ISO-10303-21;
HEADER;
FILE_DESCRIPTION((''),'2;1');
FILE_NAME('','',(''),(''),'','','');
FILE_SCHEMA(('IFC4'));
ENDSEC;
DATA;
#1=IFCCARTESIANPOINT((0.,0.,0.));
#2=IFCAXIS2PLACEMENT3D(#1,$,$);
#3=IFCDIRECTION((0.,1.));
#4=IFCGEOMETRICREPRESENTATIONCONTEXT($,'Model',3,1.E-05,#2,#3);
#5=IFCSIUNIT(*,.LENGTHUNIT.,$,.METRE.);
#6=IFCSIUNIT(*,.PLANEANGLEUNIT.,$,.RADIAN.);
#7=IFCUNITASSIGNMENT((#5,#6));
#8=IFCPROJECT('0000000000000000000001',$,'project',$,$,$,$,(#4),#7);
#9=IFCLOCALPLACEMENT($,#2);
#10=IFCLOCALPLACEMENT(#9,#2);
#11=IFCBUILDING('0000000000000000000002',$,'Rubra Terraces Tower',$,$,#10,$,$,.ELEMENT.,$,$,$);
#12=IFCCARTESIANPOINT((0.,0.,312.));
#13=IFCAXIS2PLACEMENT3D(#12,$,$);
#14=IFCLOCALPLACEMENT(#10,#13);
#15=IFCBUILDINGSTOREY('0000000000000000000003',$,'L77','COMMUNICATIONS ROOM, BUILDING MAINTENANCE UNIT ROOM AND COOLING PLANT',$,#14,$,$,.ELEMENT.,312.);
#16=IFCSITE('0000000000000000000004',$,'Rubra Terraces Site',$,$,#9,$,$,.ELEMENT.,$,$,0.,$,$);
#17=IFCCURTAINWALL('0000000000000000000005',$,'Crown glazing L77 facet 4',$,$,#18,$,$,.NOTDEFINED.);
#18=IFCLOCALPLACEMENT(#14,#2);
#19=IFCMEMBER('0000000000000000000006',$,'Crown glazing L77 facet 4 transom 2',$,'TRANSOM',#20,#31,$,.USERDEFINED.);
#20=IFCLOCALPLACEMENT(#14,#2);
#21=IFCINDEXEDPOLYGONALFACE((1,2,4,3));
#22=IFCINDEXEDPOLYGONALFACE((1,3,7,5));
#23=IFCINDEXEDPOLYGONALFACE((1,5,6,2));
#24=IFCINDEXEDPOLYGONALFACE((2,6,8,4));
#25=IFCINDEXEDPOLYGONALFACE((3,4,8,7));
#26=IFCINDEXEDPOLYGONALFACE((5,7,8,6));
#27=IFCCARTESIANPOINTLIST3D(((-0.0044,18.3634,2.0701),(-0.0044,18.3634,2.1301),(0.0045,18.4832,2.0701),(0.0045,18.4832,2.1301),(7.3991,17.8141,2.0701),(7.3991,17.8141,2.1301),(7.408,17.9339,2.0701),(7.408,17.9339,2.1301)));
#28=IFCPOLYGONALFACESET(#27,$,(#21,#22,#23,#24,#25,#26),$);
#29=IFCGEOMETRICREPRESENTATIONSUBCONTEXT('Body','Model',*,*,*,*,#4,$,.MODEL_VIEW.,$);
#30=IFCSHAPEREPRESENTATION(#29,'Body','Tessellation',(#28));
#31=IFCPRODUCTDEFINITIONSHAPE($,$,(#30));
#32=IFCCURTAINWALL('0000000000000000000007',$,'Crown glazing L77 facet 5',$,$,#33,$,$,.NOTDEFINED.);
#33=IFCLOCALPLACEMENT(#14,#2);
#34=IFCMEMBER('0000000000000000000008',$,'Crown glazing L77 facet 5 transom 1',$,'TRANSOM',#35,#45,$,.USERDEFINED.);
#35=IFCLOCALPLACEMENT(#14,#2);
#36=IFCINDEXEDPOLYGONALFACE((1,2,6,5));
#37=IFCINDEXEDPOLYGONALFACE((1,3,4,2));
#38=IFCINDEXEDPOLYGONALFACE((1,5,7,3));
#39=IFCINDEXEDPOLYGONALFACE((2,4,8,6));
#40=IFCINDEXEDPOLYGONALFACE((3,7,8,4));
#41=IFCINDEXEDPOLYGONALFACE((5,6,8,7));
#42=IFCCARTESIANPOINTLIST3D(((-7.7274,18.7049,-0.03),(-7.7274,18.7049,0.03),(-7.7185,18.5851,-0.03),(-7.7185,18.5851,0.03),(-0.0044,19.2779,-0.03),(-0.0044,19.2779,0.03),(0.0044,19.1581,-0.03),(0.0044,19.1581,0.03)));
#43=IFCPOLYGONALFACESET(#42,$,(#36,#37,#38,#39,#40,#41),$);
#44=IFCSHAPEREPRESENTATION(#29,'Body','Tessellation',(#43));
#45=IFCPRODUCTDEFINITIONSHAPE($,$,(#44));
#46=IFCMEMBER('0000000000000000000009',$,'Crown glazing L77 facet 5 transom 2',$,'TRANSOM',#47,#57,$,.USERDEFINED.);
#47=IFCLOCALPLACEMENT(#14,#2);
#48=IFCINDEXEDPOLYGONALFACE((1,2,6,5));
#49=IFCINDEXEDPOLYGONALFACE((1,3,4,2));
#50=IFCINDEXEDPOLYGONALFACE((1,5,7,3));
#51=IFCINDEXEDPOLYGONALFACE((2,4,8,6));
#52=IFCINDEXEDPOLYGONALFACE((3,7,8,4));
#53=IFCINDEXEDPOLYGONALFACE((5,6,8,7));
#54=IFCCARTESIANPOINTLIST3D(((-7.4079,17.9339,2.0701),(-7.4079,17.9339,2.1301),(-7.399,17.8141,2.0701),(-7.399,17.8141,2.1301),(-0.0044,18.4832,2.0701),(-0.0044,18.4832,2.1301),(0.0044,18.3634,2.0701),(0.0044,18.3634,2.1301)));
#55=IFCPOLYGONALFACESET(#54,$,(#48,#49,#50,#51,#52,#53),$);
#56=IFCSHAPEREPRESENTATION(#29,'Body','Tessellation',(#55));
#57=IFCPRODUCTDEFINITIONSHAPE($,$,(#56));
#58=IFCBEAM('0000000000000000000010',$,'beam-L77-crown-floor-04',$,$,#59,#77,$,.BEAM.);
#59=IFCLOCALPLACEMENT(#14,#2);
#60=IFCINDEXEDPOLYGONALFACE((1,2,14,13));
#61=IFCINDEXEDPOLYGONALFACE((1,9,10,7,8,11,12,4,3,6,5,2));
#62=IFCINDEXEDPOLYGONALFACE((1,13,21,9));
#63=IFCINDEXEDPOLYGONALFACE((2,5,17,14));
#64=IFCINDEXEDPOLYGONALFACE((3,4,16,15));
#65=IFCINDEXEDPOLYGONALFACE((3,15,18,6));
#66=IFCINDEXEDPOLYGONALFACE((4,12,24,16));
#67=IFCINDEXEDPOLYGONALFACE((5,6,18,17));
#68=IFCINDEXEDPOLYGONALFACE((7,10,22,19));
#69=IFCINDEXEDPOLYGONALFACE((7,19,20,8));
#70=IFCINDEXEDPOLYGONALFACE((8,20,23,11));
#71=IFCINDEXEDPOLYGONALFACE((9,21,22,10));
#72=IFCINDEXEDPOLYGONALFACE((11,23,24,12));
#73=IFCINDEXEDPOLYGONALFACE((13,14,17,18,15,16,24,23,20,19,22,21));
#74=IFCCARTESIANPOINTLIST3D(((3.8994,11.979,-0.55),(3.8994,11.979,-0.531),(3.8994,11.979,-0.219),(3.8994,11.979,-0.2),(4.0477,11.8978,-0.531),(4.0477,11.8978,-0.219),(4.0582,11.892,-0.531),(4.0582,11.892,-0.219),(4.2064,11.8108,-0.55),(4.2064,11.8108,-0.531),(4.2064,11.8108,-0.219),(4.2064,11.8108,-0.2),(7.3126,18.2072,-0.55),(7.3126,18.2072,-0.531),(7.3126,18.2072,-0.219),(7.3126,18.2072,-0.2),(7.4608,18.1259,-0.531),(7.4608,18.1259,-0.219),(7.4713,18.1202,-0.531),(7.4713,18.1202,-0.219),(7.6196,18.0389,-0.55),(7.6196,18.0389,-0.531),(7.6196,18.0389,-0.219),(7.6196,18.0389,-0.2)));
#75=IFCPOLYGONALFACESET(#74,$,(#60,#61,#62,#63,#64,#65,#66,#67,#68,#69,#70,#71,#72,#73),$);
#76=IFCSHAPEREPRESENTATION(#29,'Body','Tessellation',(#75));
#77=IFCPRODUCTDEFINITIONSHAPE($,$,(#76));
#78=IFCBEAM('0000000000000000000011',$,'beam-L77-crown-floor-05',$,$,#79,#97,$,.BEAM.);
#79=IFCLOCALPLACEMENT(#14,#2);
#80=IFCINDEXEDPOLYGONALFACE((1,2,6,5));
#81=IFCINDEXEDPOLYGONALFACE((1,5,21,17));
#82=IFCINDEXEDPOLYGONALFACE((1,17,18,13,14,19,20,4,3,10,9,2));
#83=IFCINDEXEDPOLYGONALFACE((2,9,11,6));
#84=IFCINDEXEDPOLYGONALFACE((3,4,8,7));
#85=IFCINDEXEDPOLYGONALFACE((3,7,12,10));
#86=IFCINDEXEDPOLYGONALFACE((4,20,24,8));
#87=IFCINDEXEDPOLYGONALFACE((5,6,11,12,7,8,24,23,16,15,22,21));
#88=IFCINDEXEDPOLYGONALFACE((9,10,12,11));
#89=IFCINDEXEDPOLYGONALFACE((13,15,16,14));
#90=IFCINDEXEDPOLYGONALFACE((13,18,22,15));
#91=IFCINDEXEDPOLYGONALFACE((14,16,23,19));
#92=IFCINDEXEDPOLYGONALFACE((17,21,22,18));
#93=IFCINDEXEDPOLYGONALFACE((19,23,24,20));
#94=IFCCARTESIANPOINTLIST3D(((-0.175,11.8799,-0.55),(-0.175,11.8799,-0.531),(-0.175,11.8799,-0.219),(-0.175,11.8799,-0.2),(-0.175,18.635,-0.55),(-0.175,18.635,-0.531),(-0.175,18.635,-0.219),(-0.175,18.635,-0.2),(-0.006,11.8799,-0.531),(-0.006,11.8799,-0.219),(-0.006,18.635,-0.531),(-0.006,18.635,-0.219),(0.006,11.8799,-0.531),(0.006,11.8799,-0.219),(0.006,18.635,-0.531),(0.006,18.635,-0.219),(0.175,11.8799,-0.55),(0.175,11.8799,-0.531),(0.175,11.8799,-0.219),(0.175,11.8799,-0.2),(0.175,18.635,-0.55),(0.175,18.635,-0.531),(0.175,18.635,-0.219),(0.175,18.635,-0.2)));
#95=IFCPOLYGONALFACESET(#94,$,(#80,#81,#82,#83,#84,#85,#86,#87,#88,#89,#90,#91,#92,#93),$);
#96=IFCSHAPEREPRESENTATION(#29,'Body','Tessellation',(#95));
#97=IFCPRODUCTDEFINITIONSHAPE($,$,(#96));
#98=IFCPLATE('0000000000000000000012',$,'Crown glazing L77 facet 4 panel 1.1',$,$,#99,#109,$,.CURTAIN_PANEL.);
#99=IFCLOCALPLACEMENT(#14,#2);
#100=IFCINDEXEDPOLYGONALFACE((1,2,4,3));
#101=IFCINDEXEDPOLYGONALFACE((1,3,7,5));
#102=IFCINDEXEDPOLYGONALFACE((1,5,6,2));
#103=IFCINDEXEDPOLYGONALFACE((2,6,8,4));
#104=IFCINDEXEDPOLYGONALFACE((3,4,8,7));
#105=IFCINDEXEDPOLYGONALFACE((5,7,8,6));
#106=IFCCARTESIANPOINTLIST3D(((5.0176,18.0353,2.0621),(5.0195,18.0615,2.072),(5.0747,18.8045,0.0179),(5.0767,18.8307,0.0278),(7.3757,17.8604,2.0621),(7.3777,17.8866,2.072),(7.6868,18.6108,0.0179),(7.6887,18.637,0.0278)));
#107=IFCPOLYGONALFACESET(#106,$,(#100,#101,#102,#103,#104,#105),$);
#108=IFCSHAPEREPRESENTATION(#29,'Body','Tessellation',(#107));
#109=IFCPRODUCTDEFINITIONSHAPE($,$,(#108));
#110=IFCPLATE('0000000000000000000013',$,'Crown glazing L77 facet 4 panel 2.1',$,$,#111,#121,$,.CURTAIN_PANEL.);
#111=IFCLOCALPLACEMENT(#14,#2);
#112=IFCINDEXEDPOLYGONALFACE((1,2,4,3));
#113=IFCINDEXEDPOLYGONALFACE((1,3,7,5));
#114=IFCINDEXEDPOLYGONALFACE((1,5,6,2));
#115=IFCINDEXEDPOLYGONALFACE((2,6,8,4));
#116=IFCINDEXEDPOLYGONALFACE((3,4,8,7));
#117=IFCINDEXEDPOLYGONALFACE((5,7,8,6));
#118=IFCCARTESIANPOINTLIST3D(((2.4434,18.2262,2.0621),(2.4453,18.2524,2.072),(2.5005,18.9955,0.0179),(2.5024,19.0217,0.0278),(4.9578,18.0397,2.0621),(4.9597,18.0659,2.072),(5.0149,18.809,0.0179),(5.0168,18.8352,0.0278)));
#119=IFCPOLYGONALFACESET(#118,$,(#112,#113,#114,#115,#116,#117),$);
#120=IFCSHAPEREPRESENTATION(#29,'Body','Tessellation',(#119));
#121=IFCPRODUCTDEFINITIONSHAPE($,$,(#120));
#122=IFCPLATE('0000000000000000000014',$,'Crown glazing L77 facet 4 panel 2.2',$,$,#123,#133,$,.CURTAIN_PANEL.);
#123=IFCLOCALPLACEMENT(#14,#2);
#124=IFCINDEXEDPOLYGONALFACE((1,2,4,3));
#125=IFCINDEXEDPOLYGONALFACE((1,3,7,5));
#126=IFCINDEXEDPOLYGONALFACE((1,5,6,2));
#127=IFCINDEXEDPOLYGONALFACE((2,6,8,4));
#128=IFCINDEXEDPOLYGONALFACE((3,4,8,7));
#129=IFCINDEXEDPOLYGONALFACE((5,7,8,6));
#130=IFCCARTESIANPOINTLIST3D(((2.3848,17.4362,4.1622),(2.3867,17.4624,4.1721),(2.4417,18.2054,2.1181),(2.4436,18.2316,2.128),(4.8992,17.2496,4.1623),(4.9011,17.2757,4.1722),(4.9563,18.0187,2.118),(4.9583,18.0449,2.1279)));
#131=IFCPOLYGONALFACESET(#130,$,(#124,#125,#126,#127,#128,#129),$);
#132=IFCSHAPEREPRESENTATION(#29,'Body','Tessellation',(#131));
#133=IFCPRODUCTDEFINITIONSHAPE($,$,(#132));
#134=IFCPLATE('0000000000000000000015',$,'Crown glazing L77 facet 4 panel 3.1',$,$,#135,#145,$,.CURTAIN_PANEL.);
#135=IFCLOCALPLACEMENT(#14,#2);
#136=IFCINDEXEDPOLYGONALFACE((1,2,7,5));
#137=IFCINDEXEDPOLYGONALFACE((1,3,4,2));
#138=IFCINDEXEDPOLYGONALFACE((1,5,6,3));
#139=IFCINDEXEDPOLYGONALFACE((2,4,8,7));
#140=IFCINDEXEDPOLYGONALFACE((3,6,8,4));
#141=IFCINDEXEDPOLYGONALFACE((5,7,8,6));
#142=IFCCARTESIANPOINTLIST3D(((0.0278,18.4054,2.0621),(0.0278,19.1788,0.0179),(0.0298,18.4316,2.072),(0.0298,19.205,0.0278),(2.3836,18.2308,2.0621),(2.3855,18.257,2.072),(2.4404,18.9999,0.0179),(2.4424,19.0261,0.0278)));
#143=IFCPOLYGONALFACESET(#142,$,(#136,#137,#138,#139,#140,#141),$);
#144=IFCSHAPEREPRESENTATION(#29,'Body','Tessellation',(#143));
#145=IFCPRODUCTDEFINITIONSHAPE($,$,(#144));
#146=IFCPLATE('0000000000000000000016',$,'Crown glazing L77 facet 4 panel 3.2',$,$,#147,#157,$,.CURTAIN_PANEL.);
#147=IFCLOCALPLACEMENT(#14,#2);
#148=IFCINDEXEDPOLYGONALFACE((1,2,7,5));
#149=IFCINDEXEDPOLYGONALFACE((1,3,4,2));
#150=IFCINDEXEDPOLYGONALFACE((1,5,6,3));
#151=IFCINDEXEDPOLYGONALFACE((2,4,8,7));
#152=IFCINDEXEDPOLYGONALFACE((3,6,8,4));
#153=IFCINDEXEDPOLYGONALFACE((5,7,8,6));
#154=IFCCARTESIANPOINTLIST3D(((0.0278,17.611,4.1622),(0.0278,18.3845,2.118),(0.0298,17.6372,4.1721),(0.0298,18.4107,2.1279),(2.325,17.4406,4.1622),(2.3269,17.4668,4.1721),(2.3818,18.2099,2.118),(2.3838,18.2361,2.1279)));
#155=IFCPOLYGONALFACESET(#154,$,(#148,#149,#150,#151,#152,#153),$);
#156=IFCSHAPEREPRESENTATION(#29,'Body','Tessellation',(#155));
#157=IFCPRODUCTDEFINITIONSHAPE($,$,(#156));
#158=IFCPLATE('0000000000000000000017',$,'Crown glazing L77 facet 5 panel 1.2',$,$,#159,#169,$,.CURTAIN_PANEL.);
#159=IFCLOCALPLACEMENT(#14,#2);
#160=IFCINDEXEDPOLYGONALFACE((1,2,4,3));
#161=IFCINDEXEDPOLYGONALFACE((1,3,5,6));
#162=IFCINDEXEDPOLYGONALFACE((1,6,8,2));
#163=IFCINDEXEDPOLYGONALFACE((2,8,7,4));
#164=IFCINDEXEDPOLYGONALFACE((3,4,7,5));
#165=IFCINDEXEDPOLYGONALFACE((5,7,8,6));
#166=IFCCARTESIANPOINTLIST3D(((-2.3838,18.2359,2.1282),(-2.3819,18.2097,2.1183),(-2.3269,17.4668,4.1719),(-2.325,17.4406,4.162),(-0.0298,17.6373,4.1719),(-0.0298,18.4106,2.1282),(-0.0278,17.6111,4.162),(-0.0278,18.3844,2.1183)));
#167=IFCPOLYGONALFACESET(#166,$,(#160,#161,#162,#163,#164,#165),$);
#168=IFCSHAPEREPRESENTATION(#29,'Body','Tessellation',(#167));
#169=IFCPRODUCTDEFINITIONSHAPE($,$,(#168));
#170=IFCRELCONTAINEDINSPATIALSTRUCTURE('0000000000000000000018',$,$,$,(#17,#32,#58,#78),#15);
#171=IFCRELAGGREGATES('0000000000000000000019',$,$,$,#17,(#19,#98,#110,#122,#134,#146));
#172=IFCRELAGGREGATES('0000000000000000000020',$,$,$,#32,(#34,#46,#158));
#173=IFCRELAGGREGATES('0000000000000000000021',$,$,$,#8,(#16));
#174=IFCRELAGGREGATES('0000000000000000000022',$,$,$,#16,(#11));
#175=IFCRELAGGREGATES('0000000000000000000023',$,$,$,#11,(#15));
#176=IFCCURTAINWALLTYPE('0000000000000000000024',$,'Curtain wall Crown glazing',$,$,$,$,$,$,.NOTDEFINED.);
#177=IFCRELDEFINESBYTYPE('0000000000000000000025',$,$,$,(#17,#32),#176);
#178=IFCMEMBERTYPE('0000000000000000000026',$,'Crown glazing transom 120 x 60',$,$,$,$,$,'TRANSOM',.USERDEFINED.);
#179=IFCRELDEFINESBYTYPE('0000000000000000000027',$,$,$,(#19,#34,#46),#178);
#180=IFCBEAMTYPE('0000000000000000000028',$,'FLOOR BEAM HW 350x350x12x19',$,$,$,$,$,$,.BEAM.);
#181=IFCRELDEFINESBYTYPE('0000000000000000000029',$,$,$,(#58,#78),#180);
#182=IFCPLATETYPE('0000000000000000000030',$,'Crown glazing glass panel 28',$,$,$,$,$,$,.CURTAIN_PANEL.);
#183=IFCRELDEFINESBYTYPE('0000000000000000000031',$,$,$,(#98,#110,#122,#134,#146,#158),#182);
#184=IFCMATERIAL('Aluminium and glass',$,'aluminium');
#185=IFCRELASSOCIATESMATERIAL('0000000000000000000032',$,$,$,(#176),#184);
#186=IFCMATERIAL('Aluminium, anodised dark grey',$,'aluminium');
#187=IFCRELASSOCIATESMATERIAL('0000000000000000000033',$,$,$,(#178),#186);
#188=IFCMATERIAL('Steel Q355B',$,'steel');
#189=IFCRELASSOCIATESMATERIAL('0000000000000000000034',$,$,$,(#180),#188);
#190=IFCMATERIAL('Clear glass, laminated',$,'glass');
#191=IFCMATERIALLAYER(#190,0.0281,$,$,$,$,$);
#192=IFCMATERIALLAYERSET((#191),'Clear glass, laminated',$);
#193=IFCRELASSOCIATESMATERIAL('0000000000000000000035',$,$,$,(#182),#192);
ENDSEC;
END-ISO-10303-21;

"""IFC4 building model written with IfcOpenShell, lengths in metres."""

from ifc_helpers import new_model, si_unit, direction, frame, origin, origin_2d, place, context, subcontext, project, spatial, polyline, rectangle, i_section, outline, extrude, material, layer, layer_set, material_profile, profile_set, type_object, element, aggregate, save


model = new_model("IFC4")

# Units and contexts
model_context = context("Model", 3, precision=1e-05, world=origin(), true_north=direction((0.0, 1.0)))
body_context = subcontext(model_context, "Body", "Model", "MODEL_VIEW")
ifc_project = project(units=[si_unit("LENGTHUNIT", "METRE"), si_unit("PLANEANGLEUNIT", "RADIAN")], contexts=[model_context])

# Site, building, storey
site_placement = place(None, origin())
site = spatial("IfcSite", under=ifc_project, at=site_placement, Name="Rubra Terraces Site", CompositionType="ELEMENT", RefElevation=0.0)
building_placement = place(site_placement, origin())
building = spatial("IfcBuilding", under=site, at=building_placement, Name="Rubra Terraces Tower", CompositionType="ELEMENT")
storey_placement = place(building_placement, frame((0.0, 0.0, 312.0)))
storey = spatial("IfcBuildingStorey", under=building, at=storey_placement, Name="L77", Description="COMMUNICATIONS ROOM, BUILDING MAINTENANCE UNIT ROOM AND COOLING PLANT", CompositionType="ELEMENT", Elevation=312.0)

# Shared definitions
ifc_material_1 = material(Name="Steel Q355B", Category="steel")

# Curtain walls, members
ifc_material_2 = material(Name="Aluminium and glass", Category="aluminium")
curtain_wall_type = type_object("IfcCurtainWallType", Name="Curtain wall Crown glazing", PredefinedType="NOTDEFINED", material=ifc_material_2)
curtain_wall_1_placement = place(storey_placement, origin())
curtain_wall_1 = element("IfcCurtainWall", 1, at=curtain_wall_1_placement, inside=storey, type_object=curtain_wall_type, Name="Crown glazing L77 facet 4", PredefinedType="NOTDEFINED")
ifc_material_3 = material(Name="Aluminium, anodised dark grey", Category="aluminium")
ifc_material_profile_1 = material_profile(ifc_material_3, rectangle(XDim=0.1201, YDim=0.0601, at=origin_2d()), Name="AL 120x60")
ifc_profile_set_1 = profile_set([ifc_material_profile_1], Name="Aluminium, anodised dark grey")
member_type_1 = type_object("IfcMemberType", Name="Crown glazing transom 120 x 60", ElementType="TRANSOM", PredefinedType="USERDEFINED", material=ifc_profile_set_1)
member_1_placement = place(storey_placement, frame((7.4036, 17.874, 2.1001), z_axis=(-0.997259, 0.073993, 0.0), x_axis=(-0.073993, -0.997259, 0.0)))
member_1 = element("IfcMember", 2, at=member_1_placement, type_object=member_type_1, Name="Crown glazing L77 facet 4 transom 2", ObjectType="TRANSOM", PredefinedType="USERDEFINED", context=body_context, shape_type="SweptSolid", body=[
    extrude(rectangle(XDim=0.1201, YDim=0.0601, at=origin_2d()), origin(), (0.0, 0.0, 1.0), 7.4238),
])
curtain_wall_2_placement = place(storey_placement, origin())
curtain_wall_2 = element("IfcCurtainWall", 3, at=curtain_wall_2_placement, inside=storey, type_object=curtain_wall_type, Name="Crown glazing L77 facet 5", PredefinedType="NOTDEFINED")
member_2_placement = place(storey_placement, frame((0.0, 19.218, 0.0), z_axis=(-0.997259, -0.073991, 0.0), x_axis=(0.073991, -0.997259, 0.0)))
member_2 = element("IfcMember", 4, at=member_2_placement, type_object=member_type_1, Name="Crown glazing L77 facet 5 transom 1", ObjectType="TRANSOM", PredefinedType="USERDEFINED", context=body_context, shape_type="SweptSolid", body=[
    extrude(rectangle(XDim=0.1201, YDim=0.0601, at=origin_2d()), origin(), (0.0, 0.0, 1.0), 7.7441),
])
member_3_placement = place(storey_placement, frame((0.0, 18.4233, 2.1001), z_axis=(-0.997259, -0.073993, 0.0), x_axis=(0.073993, -0.997259, 0.0)))
member_3 = element("IfcMember", 5, at=member_3_placement, type_object=member_type_1, Name="Crown glazing L77 facet 5 transom 2", ObjectType="TRANSOM", PredefinedType="USERDEFINED", context=body_context, shape_type="SweptSolid", body=[
    extrude(rectangle(XDim=0.1201, YDim=0.0601, at=origin_2d()), origin(), (0.0, 0.0, 1.0), 7.4238),
])

# Beams
ifc_material_profile_2 = material_profile(ifc_material_1, i_section(OverallWidth=0.3501, OverallDepth=0.3501, WebThickness=0.012, FlangeThickness=0.019, at=origin_2d()), Name="HW 350x350x12x19")
ifc_profile_set_2 = profile_set([ifc_material_profile_2], Name="Steel Q355B")
beam_type_1 = type_object("IfcBeamType", Name="FLOOR BEAM HW 350x350x12x19", PredefinedType="BEAM", material=ifc_profile_set_2)
beam_1_placement = place(storey_placement, frame((7.4661, 18.123, -0.375), z_axis=(-0.480585, -0.876948, 0.0), x_axis=(0.876948, -0.480585, 0.0)))
element("IfcBeam", 6, at=beam_1_placement, inside=storey, type_object=beam_type_1, Name="beam-L77-crown-floor-04", PredefinedType="BEAM", context=body_context, shape_type="SweptSolid", body=[
    extrude(i_section(OverallWidth=0.3501, OverallDepth=0.3501, WebThickness=0.012, FlangeThickness=0.019, at=origin_2d()), origin(), (0.0, 0.0, 1.0), 7.1021),
])
beam_2_placement = place(storey_placement, frame((0.0, 18.635, -0.375), z_axis=(0.0, -1.0, 0.0), x_axis=(1.0, 0.0, 0.0)))
element("IfcBeam", 7, at=beam_2_placement, inside=storey, type_object=beam_type_1, Name="beam-L77-crown-floor-05", PredefinedType="BEAM", context=body_context, shape_type="SweptSolid", body=[
    extrude(i_section(OverallWidth=0.3501, OverallDepth=0.3501, WebThickness=0.012, FlangeThickness=0.019, at=origin_2d()), origin(), (0.0, 0.0, 1.0), 6.7551),
])

# Plates
ifc_material_4 = material(Name="Clear glass, laminated", Category="glass")
ifc_layer = layer(ifc_material_4, 0.0281)
ifc_layer_set = layer_set([ifc_layer], Name="Clear glass, laminated")
plate_type = type_object("IfcPlateType", Name="Crown glazing glass panel 28", PredefinedType="CURTAIN_PANEL", material=ifc_layer_set)
plate_1_placement = place(storey_placement, frame((7.6887, 18.637, 0.0278), z_axis=(0.069207, 0.933052, 0.353021), x_axis=(-0.99726, 0.073974, -0.000013)))
plate_1 = element("IfcPlate", 8, at=plate_1_placement, type_object=plate_type, Name="Crown glazing L77 facet 4 panel 1.1", PredefinedType="CURTAIN_PANEL", context=body_context, shape_type="SweptSolid", body=[
    extrude(outline(polyline([(0.0, 0.0), (2.6192, 0.0), (2.6193, 2.1849), (0.2547, 2.1848), (0.0, 0.0)])), origin(), (0.0, 0.0, -1.0), 0.0281),
])
plate_2_placement = place(storey_placement, frame((5.0168, 18.8352, 0.0278), z_axis=(0.069214, 0.933036, 0.353063), x_axis=(-0.99726, 0.073979, 0.0)))
plate_2 = element("IfcPlate", 9, at=plate_2_placement, type_object=plate_type, Name="Crown glazing L77 facet 4 panel 2.1", PredefinedType="CURTAIN_PANEL", context=body_context, shape_type="SweptSolid", body=[
    extrude(outline(polyline([(0.0, 0.0), (2.5213, 0.0), (2.5214, 2.1849), (0.0001, 2.1849), (0.0, 0.0)])), origin(), (0.0, 0.0, -1.0), 0.0281),
])
plate_3_placement = place(storey_placement, frame((4.9583, 18.0449, 2.1279), z_axis=(0.069258, 0.933053, 0.35301), x_axis=(-0.997257, 0.074017, 0.000017)))
plate_3 = element("IfcPlate", 10, at=plate_3_placement, type_object=plate_type, Name="Crown glazing L77 facet 4 panel 2.2", PredefinedType="CURTAIN_PANEL", context=body_context, shape_type="SweptSolid", body=[
    extrude(outline(polyline([(0.0, 0.0), (2.5216, 0.0), (2.5214, 2.1848), (0.0001, 2.1849), (0.0, 0.0)])), origin(), (0.0, 0.0, -1.0), 0.0281),
])
plate_4_placement = place(storey_placement, frame((2.4424, 19.0261, 0.0278), z_axis=(0.069176, 0.933065, 0.352993), x_axis=(-0.997263, 0.07394, -0.000012)))
plate_4 = element("IfcPlate", 11, at=plate_4_placement, type_object=plate_type, Name="Crown glazing L77 facet 4 panel 3.1", PredefinedType="CURTAIN_PANEL", context=body_context, shape_type="SweptSolid", body=[
    extrude(outline(polyline([(0.0, 0.0), (2.4192, 0.0), (2.362, 2.1849), (-0.0002, 2.1848), (0.0, 0.0)])), origin(), (0.0, 0.0, -1.0), 0.0281),
])
plate_5_placement = place(storey_placement, frame((2.3838, 18.2361, 2.1279), z_axis=(0.069203, 0.933045, 0.353042), x_axis=(-0.997261, 0.073964, 0.000005)))
plate_5 = element("IfcPlate", 12, at=plate_5_placement, type_object=plate_type, Name="Crown glazing L77 facet 4 panel 3.2", PredefinedType="CURTAIN_PANEL", context=body_context, shape_type="SweptSolid", body=[
    extrude(outline(polyline([(0.0, 0.0), (2.3605, 0.0), (2.3033, 2.1849), (-0.0002, 2.1849), (0.0, 0.0)])), origin(), (0.0, 0.0, -1.0), 0.0281),
])
aggregate(curtain_wall_1, [member_1, plate_1, plate_2, plate_3, plate_4, plate_5])
plate_6_placement = place(storey_placement, frame((-0.0298, 18.4106, 2.1282), z_axis=(-0.069251, 0.933032, 0.353066), x_axis=(-0.997257, -0.074023, 0.000012)))
plate_6 = element("IfcPlate", 13, at=plate_6_placement, type_object=plate_type, Name="Crown glazing L77 facet 5 panel 1.2", PredefinedType="CURTAIN_PANEL", context=body_context, shape_type="SweptSolid", body=[
    extrude(outline(polyline([(0.0, 0.0), (2.3605, 0.0), (2.3607, 2.1843), (0.0573, 2.1844), (0.0, 0.0)])), origin(), (0.0, 0.0, -1.0), 0.0281),
])
aggregate(curtain_wall_2, [member_2, member_3, plate_6])

save(model, "model.ifc")
